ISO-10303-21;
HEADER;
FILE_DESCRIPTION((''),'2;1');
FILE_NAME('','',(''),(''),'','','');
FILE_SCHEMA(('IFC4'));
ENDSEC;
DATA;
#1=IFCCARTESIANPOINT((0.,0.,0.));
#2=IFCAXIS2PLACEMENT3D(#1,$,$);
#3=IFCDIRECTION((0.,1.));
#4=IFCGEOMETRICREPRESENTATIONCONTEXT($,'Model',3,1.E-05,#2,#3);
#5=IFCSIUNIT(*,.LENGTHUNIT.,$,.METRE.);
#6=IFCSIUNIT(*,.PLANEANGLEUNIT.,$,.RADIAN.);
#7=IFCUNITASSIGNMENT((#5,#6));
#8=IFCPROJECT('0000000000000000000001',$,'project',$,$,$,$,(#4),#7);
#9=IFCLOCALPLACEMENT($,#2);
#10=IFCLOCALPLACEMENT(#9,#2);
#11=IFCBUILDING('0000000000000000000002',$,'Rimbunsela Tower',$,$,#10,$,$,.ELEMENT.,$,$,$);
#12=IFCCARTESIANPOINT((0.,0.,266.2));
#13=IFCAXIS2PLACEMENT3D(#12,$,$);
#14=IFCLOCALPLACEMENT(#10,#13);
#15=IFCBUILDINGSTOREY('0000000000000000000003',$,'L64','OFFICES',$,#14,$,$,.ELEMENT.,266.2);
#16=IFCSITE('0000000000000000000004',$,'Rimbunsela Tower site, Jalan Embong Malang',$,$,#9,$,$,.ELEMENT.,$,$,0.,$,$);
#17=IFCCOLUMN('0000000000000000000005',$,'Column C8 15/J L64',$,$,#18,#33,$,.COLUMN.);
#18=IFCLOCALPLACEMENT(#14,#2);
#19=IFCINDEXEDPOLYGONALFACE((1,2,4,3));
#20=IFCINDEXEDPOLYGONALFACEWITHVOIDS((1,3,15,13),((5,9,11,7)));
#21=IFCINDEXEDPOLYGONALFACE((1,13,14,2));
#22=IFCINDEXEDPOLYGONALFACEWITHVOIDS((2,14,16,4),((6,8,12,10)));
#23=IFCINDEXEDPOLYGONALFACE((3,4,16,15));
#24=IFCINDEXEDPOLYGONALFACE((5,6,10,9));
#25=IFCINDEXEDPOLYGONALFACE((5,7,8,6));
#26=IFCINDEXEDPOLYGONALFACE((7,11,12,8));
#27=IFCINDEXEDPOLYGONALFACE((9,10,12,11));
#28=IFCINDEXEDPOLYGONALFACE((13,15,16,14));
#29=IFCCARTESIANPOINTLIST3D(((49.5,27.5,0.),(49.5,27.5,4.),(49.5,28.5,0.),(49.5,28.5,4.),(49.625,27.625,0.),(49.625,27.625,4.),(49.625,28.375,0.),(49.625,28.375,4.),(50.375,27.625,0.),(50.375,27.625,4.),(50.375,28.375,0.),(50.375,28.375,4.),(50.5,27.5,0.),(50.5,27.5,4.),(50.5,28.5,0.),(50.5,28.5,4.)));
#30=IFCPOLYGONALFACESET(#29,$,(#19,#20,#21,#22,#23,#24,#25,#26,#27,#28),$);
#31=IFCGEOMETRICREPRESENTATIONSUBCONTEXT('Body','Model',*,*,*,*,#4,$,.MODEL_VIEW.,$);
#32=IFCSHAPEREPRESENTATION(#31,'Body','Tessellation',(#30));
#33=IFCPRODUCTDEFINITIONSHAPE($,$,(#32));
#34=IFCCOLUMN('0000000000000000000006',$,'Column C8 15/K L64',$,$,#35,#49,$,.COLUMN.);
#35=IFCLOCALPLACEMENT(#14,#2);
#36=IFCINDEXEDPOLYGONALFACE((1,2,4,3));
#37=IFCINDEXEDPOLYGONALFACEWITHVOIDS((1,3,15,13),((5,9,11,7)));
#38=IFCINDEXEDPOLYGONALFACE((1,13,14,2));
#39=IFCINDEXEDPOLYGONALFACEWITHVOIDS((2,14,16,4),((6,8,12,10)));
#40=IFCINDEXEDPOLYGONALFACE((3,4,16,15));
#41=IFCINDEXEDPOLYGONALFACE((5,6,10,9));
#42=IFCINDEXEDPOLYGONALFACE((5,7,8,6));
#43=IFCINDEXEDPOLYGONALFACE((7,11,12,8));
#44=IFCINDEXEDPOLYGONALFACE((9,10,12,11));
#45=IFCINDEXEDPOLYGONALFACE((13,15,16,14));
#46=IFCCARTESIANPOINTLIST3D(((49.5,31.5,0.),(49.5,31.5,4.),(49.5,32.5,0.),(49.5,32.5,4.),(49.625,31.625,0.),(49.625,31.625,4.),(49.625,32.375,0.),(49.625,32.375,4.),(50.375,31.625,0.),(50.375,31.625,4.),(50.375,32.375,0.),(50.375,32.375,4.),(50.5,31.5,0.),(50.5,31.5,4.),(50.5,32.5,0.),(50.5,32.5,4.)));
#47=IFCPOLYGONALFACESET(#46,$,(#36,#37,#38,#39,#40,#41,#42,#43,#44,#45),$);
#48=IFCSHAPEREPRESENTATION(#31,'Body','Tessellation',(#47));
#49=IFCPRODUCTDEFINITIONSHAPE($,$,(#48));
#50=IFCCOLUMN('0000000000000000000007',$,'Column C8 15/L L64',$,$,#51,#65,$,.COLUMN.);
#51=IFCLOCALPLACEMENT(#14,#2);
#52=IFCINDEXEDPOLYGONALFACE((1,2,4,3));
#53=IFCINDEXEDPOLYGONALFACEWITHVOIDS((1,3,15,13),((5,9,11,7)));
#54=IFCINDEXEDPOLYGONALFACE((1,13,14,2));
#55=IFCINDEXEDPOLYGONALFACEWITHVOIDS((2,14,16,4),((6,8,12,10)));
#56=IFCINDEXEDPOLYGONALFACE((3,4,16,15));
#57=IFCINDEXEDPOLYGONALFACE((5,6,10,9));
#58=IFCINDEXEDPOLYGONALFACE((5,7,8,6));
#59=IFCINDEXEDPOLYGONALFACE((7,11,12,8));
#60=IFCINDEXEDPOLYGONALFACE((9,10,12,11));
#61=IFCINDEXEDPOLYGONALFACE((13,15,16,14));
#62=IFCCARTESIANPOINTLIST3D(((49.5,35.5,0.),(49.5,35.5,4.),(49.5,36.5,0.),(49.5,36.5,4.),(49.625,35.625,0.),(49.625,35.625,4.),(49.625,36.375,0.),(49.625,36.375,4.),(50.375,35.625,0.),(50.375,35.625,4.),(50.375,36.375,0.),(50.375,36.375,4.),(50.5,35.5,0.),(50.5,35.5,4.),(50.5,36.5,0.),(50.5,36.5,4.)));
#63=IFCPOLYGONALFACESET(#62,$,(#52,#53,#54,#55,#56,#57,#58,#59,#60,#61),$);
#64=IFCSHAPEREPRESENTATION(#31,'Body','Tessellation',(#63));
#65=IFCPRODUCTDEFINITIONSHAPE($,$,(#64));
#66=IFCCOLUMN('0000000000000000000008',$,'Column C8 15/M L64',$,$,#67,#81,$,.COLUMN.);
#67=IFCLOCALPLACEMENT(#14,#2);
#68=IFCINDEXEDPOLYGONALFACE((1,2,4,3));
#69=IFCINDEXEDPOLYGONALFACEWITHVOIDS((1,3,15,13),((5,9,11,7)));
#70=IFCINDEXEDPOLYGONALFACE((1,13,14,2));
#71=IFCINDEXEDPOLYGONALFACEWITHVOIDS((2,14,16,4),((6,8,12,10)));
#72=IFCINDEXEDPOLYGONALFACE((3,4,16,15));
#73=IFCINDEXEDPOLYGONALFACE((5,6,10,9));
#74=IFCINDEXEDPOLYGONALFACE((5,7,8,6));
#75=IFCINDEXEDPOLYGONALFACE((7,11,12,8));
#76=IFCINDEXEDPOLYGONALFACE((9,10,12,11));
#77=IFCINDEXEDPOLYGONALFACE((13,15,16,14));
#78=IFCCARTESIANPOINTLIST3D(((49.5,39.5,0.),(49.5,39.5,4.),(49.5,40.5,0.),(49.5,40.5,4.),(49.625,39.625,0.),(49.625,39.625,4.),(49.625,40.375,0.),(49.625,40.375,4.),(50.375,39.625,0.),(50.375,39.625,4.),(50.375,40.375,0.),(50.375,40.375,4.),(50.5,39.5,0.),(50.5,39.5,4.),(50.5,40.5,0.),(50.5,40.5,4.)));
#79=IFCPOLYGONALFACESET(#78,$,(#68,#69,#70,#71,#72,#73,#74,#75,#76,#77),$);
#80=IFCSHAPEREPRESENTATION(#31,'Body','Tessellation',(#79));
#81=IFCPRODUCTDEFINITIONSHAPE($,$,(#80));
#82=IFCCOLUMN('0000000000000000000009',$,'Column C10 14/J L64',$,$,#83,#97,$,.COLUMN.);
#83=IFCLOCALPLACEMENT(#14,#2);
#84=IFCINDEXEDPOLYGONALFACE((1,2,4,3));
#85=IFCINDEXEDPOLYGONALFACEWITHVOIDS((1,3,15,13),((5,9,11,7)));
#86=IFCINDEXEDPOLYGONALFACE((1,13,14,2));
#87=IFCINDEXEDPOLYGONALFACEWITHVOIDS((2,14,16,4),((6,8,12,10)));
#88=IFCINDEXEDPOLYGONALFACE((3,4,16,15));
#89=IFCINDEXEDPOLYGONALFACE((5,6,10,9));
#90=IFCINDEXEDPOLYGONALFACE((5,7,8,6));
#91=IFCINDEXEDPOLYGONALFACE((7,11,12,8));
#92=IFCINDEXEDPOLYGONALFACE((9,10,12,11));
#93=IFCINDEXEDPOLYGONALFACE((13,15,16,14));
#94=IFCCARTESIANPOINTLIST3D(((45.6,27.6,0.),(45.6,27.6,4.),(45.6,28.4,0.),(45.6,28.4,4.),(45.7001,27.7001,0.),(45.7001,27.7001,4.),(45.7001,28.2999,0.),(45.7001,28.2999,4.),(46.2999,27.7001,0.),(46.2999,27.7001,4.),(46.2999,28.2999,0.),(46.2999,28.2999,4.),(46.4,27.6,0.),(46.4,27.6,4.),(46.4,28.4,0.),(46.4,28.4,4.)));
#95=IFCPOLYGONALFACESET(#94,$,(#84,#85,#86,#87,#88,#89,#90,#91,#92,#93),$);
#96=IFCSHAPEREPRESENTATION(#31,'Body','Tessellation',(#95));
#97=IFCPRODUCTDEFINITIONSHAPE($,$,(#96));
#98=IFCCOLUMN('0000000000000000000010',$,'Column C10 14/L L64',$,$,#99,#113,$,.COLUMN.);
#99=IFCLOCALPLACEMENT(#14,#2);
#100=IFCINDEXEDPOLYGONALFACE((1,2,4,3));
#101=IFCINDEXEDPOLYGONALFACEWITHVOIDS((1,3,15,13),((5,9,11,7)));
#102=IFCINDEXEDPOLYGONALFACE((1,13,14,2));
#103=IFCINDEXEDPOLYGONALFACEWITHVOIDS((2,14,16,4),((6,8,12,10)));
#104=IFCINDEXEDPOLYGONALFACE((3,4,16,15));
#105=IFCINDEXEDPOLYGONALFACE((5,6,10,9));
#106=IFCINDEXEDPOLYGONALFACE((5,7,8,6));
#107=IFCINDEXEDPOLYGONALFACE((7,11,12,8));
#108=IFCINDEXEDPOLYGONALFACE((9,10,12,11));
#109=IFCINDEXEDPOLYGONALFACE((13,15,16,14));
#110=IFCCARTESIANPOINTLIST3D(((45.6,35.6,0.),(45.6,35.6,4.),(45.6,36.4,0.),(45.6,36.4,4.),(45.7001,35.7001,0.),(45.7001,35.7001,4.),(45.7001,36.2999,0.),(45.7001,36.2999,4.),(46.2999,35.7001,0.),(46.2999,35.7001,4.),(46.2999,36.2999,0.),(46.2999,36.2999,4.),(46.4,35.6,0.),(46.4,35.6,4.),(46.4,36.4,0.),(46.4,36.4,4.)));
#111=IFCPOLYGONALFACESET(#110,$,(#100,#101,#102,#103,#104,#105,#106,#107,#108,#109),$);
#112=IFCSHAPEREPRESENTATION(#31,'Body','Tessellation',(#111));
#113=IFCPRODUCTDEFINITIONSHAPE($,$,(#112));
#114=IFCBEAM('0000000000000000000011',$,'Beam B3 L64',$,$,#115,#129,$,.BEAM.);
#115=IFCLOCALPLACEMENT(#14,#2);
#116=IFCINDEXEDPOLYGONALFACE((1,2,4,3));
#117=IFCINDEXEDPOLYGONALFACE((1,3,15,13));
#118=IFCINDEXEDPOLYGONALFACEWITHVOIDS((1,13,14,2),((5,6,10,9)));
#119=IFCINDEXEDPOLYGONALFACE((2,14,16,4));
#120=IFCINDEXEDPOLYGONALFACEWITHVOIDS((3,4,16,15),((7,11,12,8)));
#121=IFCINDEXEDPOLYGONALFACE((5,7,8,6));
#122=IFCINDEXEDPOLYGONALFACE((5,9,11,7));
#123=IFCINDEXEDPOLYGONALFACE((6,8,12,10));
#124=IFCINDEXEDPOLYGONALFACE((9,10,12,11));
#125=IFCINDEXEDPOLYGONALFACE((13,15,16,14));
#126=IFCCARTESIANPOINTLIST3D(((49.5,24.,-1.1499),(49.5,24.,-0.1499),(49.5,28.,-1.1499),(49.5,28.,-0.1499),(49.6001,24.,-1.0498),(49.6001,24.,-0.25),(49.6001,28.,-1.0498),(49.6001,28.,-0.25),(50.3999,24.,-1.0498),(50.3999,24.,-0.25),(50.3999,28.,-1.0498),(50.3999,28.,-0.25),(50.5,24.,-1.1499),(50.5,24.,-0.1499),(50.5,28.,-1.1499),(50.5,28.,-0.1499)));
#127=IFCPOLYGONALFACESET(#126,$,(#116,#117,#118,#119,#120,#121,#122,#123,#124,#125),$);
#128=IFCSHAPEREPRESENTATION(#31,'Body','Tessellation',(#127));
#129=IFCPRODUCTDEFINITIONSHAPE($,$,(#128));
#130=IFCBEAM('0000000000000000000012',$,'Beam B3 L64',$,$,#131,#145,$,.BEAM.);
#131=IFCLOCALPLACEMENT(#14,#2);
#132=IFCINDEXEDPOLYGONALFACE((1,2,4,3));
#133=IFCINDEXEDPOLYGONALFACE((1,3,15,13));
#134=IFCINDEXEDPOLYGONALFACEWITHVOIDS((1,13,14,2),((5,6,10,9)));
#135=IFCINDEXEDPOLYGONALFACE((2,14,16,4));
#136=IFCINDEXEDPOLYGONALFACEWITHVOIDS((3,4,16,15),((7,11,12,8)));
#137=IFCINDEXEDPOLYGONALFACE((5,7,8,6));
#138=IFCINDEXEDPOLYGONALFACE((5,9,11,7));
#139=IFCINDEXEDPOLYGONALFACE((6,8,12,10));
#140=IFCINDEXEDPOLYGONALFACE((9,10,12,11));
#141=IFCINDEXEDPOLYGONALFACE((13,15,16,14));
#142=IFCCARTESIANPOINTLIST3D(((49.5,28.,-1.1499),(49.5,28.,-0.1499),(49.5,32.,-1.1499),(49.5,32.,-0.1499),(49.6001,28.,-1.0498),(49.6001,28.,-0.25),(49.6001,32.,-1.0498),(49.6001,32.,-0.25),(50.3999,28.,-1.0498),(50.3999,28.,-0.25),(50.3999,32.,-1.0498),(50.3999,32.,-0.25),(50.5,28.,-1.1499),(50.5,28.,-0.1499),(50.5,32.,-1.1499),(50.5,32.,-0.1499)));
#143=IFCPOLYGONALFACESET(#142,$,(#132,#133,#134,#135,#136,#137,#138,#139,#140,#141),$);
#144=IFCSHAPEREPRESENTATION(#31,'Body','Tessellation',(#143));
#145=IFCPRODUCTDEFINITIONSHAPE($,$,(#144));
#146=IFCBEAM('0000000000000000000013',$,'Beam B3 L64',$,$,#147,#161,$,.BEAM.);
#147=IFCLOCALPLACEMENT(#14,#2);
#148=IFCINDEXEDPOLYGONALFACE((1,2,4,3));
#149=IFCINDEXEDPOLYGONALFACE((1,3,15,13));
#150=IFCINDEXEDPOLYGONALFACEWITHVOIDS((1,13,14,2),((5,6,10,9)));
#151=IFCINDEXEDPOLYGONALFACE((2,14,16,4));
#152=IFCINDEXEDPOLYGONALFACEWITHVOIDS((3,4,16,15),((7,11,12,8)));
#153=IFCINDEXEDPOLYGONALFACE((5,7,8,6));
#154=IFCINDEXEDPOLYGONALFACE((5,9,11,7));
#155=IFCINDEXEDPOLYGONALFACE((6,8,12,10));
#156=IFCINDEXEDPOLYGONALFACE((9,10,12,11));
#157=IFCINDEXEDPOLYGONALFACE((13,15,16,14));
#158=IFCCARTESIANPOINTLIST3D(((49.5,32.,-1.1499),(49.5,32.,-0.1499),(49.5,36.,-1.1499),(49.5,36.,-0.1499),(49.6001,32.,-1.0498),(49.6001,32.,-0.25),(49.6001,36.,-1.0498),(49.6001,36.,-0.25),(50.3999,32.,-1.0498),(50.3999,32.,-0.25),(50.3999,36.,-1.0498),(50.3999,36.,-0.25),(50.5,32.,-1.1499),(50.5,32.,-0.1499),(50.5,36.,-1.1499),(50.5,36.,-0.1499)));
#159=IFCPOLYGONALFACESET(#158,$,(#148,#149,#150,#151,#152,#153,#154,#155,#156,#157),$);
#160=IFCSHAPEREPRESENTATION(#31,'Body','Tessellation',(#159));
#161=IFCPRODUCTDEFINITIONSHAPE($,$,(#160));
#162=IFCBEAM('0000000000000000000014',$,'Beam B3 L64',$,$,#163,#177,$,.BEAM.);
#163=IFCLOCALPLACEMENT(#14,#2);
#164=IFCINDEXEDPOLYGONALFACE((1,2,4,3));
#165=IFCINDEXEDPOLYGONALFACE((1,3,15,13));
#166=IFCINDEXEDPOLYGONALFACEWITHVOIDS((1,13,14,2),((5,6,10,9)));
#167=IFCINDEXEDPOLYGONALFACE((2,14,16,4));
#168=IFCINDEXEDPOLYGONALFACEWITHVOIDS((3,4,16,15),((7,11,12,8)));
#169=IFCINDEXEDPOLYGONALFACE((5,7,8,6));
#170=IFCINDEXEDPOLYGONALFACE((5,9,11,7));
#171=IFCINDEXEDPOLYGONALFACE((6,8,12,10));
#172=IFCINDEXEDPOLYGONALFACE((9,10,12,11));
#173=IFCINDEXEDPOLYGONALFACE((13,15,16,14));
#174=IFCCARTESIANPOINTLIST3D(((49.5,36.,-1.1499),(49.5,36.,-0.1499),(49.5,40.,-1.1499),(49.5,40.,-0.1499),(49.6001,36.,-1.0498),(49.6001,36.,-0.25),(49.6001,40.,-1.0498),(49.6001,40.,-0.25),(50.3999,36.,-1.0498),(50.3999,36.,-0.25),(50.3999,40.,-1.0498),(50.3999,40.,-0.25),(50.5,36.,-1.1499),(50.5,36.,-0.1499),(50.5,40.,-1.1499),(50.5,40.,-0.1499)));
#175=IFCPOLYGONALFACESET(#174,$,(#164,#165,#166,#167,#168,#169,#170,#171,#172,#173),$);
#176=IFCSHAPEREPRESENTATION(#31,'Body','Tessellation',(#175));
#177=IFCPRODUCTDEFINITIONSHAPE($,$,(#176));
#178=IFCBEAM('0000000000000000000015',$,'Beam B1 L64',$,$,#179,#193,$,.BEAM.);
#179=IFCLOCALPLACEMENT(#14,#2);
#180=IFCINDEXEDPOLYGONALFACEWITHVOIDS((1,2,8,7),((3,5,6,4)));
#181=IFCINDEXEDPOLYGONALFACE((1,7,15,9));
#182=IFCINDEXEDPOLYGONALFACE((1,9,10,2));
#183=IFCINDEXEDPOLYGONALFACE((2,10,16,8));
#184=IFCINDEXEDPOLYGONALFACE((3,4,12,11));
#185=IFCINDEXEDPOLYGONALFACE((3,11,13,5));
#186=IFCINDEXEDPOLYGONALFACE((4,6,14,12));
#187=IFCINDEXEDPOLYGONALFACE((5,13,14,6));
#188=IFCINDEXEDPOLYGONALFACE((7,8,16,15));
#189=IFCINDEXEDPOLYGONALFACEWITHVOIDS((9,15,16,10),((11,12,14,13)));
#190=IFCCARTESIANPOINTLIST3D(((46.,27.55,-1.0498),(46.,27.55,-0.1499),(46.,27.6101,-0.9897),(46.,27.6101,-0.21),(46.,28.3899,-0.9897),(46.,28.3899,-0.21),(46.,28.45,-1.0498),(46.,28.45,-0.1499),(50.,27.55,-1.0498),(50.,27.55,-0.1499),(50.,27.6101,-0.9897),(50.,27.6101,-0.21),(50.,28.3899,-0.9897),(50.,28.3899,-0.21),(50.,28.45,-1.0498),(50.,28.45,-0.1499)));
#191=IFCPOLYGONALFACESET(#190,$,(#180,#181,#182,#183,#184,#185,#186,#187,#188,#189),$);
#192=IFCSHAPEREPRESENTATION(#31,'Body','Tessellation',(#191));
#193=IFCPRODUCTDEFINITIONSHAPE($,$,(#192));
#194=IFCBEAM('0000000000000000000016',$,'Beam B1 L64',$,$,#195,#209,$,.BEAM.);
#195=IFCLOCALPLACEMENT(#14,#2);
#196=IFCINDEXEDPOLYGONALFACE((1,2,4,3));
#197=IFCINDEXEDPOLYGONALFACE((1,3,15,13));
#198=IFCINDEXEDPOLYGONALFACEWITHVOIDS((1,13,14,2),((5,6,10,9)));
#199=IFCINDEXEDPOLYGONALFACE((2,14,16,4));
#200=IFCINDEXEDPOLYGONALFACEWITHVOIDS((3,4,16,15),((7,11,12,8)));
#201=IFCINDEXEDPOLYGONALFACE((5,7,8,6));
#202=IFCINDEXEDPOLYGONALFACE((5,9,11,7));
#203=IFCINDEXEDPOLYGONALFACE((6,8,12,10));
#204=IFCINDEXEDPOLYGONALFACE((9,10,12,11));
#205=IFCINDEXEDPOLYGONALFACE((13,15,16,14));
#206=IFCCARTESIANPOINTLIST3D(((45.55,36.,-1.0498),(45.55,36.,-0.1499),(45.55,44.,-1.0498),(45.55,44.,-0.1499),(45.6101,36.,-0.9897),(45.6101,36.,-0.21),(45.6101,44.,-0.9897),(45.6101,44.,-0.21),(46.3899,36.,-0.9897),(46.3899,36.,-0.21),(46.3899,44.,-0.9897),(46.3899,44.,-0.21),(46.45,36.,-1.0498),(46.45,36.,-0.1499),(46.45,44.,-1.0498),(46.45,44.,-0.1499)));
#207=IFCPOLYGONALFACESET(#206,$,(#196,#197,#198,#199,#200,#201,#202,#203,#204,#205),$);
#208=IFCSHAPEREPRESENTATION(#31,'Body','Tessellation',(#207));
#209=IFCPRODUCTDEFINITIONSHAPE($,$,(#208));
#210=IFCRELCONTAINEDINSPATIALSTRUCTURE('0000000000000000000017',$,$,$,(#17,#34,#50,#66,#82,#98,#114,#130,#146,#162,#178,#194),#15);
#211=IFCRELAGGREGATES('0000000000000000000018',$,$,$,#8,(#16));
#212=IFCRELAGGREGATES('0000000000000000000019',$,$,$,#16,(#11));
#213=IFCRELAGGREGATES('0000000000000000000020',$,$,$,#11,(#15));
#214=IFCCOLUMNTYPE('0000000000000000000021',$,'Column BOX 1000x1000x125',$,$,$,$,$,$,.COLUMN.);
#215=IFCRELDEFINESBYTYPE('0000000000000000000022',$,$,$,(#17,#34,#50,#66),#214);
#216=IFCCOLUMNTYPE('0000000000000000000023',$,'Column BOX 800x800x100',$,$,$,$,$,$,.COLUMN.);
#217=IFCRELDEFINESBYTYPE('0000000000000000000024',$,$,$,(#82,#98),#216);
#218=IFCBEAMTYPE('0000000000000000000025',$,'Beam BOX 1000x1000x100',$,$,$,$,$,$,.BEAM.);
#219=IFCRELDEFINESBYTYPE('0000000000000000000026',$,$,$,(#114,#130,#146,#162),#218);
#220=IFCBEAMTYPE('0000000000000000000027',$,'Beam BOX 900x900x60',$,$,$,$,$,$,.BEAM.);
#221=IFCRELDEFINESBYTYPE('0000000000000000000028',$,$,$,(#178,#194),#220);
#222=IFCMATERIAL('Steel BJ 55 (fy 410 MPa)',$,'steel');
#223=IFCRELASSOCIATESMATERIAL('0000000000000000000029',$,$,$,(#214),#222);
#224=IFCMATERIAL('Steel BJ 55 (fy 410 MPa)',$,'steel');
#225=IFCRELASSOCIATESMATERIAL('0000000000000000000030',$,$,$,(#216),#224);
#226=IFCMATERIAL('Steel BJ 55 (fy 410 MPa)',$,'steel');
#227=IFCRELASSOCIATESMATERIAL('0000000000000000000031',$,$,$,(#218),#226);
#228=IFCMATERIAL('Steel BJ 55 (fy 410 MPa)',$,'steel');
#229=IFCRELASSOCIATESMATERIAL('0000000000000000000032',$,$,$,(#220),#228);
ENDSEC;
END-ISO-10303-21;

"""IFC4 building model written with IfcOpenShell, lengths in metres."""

from ifc_helpers import new_model, si_unit, direction, frame, origin, origin_2d, place, context, subcontext, project, spatial, hollow_rectangle, extrude, material, material_profile, profile_set, type_object, element, save


model = new_model("IFC4")

# Units and contexts
model_context = context("Model", 3, precision=1e-05, world=origin(), true_north=direction((0.0, 1.0)))
body_context = subcontext(model_context, "Body", "Model", "MODEL_VIEW")
ifc_project = project(units=[si_unit("LENGTHUNIT", "METRE"), si_unit("PLANEANGLEUNIT", "RADIAN")], contexts=[model_context])

# Site, building, storey
site_placement = place(None, origin())
site = spatial("IfcSite", under=ifc_project, at=site_placement, Name="Rimbunsela Tower site, Jalan Embong Malang", CompositionType="ELEMENT", RefElevation=0.0)
building_placement = place(site_placement, origin())
building = spatial("IfcBuilding", under=site, at=building_placement, Name="Rimbunsela Tower", CompositionType="ELEMENT")
storey_placement = place(building_placement, frame((0.0, 0.0, 266.2)))
storey = spatial("IfcBuildingStorey", under=building, at=storey_placement, Name="L64", Description="OFFICES", CompositionType="ELEMENT", Elevation=266.2)

# Columns
ifc_material_1 = material(Name="Steel BJ 55 (fy 410 MPa)", Category="steel")
ifc_material_profile_1 = material_profile(ifc_material_1, hollow_rectangle(XDim=1.0, YDim=1.0, WallThickness=0.125, at=origin_2d()), Name="BOX 1000x1000x125")
ifc_profile_set_1 = profile_set([ifc_material_profile_1], Name="Steel BJ 55 (fy 410 MPa)")
column_type_1 = type_object("IfcColumnType", Name="Column BOX 1000x1000x125", PredefinedType="COLUMN", material=ifc_profile_set_1)
for number, where, z_axis, x_axis, name in (
    (1, (50.0, 28.0, 0.0), (0.0, 0.0, 1.0), (1.0, 0.0, 0.0), "Column C8 15/J L64"),
    (2, (50.0, 32.0, 0.0), (0.0, 0.0, 1.0), (1.0, 0.0, 0.0), "Column C8 15/K L64"),
    (3, (50.0, 36.0, 0.0), (0.0, 0.0, 1.0), (1.0, 0.0, 0.0), "Column C8 15/L L64"),
    (4, (50.0, 40.0, 0.0), (0.0, 0.0, 1.0), (1.0, 0.0, 0.0), "Column C8 15/M L64"),
):
    element("IfcColumn", number, at=place(storey_placement, frame(where, z_axis=z_axis, x_axis=x_axis)), inside=storey, type_object=column_type_1, Name=name, PredefinedType="COLUMN", context=body_context, shape_type="SweptSolid", body=[
        extrude(hollow_rectangle(XDim=1.0, YDim=1.0, WallThickness=0.125, at=origin_2d()), origin(), (0.0, 0.0, 1.0), 4.0),
    ])
ifc_material_2 = material(Name="Steel BJ 55 (fy 410 MPa)", Category="steel")
ifc_material_profile_2 = material_profile(ifc_material_2, hollow_rectangle(XDim=0.8, YDim=0.8, WallThickness=0.1001, at=origin_2d()), Name="BOX 800x800x100")
ifc_profile_set_2 = profile_set([ifc_material_profile_2], Name="Steel BJ 55 (fy 410 MPa)")
column_type_2 = type_object("IfcColumnType", Name="Column BOX 800x800x100", PredefinedType="COLUMN", material=ifc_profile_set_2)
for number, where, z_axis, x_axis, name in (
    (5, (46.0, 28.0, 0.0), (0.0, 0.0, 1.0), (1.0, 0.0, 0.0), "Column C10 14/J L64"),
    (6, (46.0, 36.0, 0.0), (0.0, 0.0, 1.0), (1.0, 0.0, 0.0), "Column C10 14/L L64"),
):
    element("IfcColumn", number, at=place(storey_placement, frame(where, z_axis=z_axis, x_axis=x_axis)), inside=storey, type_object=column_type_2, Name=name, PredefinedType="COLUMN", context=body_context, shape_type="SweptSolid", body=[
        extrude(hollow_rectangle(XDim=0.8, YDim=0.8, WallThickness=0.1001, at=origin_2d()), origin(), (0.0, 0.0, 1.0), 4.0),
    ])

# Beams
ifc_material_3 = material(Name="Steel BJ 55 (fy 410 MPa)", Category="steel")
ifc_material_profile_3 = material_profile(ifc_material_3, hollow_rectangle(XDim=1.0, YDim=1.0, WallThickness=0.1001, at=origin_2d()), Name="BOX 1000x1000x100")
ifc_profile_set_3 = profile_set([ifc_material_profile_3], Name="Steel BJ 55 (fy 410 MPa)")
beam_type_1 = type_object("IfcBeamType", Name="Beam BOX 1000x1000x100", PredefinedType="BEAM", material=ifc_profile_set_3)
for number, where, z_axis, x_axis, name in (
    (7, (50.0, 24.0, -0.6499), (0.0, 1.0, 0.0), (-1.0, 0.0, 0.0), "Beam B3 L64"),
    (8, (50.0, 28.0, -0.6499), (0.0, 1.0, 0.0), (-1.0, 0.0, 0.0), "Beam B3 L64"),
    (9, (50.0, 32.0, -0.6499), (0.0, 1.0, 0.0), (-1.0, 0.0, 0.0), "Beam B3 L64"),
    (10, (50.0, 36.0, -0.6499), (0.0, 1.0, 0.0), (-1.0, 0.0, 0.0), "Beam B3 L64"),
):
    element("IfcBeam", number, at=place(storey_placement, frame(where, z_axis=z_axis, x_axis=x_axis)), inside=storey, type_object=beam_type_1, Name=name, PredefinedType="BEAM", context=body_context, shape_type="SweptSolid", body=[
        extrude(hollow_rectangle(XDim=1.0, YDim=1.0, WallThickness=0.1001, at=origin_2d()), origin(), (0.0, 0.0, 1.0), 4.0),
    ])
ifc_material_4 = material(Name="Steel BJ 55 (fy 410 MPa)", Category="steel")
ifc_material_profile_4 = material_profile(ifc_material_4, hollow_rectangle(XDim=0.8999, YDim=0.8999, WallThickness=0.0601, at=origin_2d()), Name="BOX 900x900x60")
ifc_profile_set_4 = profile_set([ifc_material_profile_4], Name="Steel BJ 55 (fy 410 MPa)")
beam_type_2 = type_object("IfcBeamType", Name="Beam BOX 900x900x60", PredefinedType="BEAM", material=ifc_profile_set_4)
beam_1_placement = place(storey_placement, frame((46.0, 28.0, -0.5999), z_axis=(1.0, 0.0, 0.0), x_axis=(0.0, 1.0, 0.0)))
element("IfcBeam", 11, at=beam_1_placement, inside=storey, type_object=beam_type_2, Name="Beam B1 L64", PredefinedType="BEAM", context=body_context, shape_type="SweptSolid", body=[
    extrude(hollow_rectangle(XDim=0.8999, YDim=0.8999, WallThickness=0.0601, at=origin_2d()), origin(), (0.0, 0.0, 1.0), 4.0),
])
beam_2_placement = place(storey_placement, frame((46.0, 36.0, -0.5999), z_axis=(0.0, 1.0, 0.0), x_axis=(-1.0, 0.0, 0.0)))
element("IfcBeam", 12, at=beam_2_placement, inside=storey, type_object=beam_type_2, Name="Beam B1 L64", PredefinedType="BEAM", context=body_context, shape_type="SweptSolid", body=[
    extrude(hollow_rectangle(XDim=0.8999, YDim=0.8999, WallThickness=0.0601, at=origin_2d()), origin(), (0.0, 0.0, 1.0), 8.0),
])

save(model, "model.ifc")
